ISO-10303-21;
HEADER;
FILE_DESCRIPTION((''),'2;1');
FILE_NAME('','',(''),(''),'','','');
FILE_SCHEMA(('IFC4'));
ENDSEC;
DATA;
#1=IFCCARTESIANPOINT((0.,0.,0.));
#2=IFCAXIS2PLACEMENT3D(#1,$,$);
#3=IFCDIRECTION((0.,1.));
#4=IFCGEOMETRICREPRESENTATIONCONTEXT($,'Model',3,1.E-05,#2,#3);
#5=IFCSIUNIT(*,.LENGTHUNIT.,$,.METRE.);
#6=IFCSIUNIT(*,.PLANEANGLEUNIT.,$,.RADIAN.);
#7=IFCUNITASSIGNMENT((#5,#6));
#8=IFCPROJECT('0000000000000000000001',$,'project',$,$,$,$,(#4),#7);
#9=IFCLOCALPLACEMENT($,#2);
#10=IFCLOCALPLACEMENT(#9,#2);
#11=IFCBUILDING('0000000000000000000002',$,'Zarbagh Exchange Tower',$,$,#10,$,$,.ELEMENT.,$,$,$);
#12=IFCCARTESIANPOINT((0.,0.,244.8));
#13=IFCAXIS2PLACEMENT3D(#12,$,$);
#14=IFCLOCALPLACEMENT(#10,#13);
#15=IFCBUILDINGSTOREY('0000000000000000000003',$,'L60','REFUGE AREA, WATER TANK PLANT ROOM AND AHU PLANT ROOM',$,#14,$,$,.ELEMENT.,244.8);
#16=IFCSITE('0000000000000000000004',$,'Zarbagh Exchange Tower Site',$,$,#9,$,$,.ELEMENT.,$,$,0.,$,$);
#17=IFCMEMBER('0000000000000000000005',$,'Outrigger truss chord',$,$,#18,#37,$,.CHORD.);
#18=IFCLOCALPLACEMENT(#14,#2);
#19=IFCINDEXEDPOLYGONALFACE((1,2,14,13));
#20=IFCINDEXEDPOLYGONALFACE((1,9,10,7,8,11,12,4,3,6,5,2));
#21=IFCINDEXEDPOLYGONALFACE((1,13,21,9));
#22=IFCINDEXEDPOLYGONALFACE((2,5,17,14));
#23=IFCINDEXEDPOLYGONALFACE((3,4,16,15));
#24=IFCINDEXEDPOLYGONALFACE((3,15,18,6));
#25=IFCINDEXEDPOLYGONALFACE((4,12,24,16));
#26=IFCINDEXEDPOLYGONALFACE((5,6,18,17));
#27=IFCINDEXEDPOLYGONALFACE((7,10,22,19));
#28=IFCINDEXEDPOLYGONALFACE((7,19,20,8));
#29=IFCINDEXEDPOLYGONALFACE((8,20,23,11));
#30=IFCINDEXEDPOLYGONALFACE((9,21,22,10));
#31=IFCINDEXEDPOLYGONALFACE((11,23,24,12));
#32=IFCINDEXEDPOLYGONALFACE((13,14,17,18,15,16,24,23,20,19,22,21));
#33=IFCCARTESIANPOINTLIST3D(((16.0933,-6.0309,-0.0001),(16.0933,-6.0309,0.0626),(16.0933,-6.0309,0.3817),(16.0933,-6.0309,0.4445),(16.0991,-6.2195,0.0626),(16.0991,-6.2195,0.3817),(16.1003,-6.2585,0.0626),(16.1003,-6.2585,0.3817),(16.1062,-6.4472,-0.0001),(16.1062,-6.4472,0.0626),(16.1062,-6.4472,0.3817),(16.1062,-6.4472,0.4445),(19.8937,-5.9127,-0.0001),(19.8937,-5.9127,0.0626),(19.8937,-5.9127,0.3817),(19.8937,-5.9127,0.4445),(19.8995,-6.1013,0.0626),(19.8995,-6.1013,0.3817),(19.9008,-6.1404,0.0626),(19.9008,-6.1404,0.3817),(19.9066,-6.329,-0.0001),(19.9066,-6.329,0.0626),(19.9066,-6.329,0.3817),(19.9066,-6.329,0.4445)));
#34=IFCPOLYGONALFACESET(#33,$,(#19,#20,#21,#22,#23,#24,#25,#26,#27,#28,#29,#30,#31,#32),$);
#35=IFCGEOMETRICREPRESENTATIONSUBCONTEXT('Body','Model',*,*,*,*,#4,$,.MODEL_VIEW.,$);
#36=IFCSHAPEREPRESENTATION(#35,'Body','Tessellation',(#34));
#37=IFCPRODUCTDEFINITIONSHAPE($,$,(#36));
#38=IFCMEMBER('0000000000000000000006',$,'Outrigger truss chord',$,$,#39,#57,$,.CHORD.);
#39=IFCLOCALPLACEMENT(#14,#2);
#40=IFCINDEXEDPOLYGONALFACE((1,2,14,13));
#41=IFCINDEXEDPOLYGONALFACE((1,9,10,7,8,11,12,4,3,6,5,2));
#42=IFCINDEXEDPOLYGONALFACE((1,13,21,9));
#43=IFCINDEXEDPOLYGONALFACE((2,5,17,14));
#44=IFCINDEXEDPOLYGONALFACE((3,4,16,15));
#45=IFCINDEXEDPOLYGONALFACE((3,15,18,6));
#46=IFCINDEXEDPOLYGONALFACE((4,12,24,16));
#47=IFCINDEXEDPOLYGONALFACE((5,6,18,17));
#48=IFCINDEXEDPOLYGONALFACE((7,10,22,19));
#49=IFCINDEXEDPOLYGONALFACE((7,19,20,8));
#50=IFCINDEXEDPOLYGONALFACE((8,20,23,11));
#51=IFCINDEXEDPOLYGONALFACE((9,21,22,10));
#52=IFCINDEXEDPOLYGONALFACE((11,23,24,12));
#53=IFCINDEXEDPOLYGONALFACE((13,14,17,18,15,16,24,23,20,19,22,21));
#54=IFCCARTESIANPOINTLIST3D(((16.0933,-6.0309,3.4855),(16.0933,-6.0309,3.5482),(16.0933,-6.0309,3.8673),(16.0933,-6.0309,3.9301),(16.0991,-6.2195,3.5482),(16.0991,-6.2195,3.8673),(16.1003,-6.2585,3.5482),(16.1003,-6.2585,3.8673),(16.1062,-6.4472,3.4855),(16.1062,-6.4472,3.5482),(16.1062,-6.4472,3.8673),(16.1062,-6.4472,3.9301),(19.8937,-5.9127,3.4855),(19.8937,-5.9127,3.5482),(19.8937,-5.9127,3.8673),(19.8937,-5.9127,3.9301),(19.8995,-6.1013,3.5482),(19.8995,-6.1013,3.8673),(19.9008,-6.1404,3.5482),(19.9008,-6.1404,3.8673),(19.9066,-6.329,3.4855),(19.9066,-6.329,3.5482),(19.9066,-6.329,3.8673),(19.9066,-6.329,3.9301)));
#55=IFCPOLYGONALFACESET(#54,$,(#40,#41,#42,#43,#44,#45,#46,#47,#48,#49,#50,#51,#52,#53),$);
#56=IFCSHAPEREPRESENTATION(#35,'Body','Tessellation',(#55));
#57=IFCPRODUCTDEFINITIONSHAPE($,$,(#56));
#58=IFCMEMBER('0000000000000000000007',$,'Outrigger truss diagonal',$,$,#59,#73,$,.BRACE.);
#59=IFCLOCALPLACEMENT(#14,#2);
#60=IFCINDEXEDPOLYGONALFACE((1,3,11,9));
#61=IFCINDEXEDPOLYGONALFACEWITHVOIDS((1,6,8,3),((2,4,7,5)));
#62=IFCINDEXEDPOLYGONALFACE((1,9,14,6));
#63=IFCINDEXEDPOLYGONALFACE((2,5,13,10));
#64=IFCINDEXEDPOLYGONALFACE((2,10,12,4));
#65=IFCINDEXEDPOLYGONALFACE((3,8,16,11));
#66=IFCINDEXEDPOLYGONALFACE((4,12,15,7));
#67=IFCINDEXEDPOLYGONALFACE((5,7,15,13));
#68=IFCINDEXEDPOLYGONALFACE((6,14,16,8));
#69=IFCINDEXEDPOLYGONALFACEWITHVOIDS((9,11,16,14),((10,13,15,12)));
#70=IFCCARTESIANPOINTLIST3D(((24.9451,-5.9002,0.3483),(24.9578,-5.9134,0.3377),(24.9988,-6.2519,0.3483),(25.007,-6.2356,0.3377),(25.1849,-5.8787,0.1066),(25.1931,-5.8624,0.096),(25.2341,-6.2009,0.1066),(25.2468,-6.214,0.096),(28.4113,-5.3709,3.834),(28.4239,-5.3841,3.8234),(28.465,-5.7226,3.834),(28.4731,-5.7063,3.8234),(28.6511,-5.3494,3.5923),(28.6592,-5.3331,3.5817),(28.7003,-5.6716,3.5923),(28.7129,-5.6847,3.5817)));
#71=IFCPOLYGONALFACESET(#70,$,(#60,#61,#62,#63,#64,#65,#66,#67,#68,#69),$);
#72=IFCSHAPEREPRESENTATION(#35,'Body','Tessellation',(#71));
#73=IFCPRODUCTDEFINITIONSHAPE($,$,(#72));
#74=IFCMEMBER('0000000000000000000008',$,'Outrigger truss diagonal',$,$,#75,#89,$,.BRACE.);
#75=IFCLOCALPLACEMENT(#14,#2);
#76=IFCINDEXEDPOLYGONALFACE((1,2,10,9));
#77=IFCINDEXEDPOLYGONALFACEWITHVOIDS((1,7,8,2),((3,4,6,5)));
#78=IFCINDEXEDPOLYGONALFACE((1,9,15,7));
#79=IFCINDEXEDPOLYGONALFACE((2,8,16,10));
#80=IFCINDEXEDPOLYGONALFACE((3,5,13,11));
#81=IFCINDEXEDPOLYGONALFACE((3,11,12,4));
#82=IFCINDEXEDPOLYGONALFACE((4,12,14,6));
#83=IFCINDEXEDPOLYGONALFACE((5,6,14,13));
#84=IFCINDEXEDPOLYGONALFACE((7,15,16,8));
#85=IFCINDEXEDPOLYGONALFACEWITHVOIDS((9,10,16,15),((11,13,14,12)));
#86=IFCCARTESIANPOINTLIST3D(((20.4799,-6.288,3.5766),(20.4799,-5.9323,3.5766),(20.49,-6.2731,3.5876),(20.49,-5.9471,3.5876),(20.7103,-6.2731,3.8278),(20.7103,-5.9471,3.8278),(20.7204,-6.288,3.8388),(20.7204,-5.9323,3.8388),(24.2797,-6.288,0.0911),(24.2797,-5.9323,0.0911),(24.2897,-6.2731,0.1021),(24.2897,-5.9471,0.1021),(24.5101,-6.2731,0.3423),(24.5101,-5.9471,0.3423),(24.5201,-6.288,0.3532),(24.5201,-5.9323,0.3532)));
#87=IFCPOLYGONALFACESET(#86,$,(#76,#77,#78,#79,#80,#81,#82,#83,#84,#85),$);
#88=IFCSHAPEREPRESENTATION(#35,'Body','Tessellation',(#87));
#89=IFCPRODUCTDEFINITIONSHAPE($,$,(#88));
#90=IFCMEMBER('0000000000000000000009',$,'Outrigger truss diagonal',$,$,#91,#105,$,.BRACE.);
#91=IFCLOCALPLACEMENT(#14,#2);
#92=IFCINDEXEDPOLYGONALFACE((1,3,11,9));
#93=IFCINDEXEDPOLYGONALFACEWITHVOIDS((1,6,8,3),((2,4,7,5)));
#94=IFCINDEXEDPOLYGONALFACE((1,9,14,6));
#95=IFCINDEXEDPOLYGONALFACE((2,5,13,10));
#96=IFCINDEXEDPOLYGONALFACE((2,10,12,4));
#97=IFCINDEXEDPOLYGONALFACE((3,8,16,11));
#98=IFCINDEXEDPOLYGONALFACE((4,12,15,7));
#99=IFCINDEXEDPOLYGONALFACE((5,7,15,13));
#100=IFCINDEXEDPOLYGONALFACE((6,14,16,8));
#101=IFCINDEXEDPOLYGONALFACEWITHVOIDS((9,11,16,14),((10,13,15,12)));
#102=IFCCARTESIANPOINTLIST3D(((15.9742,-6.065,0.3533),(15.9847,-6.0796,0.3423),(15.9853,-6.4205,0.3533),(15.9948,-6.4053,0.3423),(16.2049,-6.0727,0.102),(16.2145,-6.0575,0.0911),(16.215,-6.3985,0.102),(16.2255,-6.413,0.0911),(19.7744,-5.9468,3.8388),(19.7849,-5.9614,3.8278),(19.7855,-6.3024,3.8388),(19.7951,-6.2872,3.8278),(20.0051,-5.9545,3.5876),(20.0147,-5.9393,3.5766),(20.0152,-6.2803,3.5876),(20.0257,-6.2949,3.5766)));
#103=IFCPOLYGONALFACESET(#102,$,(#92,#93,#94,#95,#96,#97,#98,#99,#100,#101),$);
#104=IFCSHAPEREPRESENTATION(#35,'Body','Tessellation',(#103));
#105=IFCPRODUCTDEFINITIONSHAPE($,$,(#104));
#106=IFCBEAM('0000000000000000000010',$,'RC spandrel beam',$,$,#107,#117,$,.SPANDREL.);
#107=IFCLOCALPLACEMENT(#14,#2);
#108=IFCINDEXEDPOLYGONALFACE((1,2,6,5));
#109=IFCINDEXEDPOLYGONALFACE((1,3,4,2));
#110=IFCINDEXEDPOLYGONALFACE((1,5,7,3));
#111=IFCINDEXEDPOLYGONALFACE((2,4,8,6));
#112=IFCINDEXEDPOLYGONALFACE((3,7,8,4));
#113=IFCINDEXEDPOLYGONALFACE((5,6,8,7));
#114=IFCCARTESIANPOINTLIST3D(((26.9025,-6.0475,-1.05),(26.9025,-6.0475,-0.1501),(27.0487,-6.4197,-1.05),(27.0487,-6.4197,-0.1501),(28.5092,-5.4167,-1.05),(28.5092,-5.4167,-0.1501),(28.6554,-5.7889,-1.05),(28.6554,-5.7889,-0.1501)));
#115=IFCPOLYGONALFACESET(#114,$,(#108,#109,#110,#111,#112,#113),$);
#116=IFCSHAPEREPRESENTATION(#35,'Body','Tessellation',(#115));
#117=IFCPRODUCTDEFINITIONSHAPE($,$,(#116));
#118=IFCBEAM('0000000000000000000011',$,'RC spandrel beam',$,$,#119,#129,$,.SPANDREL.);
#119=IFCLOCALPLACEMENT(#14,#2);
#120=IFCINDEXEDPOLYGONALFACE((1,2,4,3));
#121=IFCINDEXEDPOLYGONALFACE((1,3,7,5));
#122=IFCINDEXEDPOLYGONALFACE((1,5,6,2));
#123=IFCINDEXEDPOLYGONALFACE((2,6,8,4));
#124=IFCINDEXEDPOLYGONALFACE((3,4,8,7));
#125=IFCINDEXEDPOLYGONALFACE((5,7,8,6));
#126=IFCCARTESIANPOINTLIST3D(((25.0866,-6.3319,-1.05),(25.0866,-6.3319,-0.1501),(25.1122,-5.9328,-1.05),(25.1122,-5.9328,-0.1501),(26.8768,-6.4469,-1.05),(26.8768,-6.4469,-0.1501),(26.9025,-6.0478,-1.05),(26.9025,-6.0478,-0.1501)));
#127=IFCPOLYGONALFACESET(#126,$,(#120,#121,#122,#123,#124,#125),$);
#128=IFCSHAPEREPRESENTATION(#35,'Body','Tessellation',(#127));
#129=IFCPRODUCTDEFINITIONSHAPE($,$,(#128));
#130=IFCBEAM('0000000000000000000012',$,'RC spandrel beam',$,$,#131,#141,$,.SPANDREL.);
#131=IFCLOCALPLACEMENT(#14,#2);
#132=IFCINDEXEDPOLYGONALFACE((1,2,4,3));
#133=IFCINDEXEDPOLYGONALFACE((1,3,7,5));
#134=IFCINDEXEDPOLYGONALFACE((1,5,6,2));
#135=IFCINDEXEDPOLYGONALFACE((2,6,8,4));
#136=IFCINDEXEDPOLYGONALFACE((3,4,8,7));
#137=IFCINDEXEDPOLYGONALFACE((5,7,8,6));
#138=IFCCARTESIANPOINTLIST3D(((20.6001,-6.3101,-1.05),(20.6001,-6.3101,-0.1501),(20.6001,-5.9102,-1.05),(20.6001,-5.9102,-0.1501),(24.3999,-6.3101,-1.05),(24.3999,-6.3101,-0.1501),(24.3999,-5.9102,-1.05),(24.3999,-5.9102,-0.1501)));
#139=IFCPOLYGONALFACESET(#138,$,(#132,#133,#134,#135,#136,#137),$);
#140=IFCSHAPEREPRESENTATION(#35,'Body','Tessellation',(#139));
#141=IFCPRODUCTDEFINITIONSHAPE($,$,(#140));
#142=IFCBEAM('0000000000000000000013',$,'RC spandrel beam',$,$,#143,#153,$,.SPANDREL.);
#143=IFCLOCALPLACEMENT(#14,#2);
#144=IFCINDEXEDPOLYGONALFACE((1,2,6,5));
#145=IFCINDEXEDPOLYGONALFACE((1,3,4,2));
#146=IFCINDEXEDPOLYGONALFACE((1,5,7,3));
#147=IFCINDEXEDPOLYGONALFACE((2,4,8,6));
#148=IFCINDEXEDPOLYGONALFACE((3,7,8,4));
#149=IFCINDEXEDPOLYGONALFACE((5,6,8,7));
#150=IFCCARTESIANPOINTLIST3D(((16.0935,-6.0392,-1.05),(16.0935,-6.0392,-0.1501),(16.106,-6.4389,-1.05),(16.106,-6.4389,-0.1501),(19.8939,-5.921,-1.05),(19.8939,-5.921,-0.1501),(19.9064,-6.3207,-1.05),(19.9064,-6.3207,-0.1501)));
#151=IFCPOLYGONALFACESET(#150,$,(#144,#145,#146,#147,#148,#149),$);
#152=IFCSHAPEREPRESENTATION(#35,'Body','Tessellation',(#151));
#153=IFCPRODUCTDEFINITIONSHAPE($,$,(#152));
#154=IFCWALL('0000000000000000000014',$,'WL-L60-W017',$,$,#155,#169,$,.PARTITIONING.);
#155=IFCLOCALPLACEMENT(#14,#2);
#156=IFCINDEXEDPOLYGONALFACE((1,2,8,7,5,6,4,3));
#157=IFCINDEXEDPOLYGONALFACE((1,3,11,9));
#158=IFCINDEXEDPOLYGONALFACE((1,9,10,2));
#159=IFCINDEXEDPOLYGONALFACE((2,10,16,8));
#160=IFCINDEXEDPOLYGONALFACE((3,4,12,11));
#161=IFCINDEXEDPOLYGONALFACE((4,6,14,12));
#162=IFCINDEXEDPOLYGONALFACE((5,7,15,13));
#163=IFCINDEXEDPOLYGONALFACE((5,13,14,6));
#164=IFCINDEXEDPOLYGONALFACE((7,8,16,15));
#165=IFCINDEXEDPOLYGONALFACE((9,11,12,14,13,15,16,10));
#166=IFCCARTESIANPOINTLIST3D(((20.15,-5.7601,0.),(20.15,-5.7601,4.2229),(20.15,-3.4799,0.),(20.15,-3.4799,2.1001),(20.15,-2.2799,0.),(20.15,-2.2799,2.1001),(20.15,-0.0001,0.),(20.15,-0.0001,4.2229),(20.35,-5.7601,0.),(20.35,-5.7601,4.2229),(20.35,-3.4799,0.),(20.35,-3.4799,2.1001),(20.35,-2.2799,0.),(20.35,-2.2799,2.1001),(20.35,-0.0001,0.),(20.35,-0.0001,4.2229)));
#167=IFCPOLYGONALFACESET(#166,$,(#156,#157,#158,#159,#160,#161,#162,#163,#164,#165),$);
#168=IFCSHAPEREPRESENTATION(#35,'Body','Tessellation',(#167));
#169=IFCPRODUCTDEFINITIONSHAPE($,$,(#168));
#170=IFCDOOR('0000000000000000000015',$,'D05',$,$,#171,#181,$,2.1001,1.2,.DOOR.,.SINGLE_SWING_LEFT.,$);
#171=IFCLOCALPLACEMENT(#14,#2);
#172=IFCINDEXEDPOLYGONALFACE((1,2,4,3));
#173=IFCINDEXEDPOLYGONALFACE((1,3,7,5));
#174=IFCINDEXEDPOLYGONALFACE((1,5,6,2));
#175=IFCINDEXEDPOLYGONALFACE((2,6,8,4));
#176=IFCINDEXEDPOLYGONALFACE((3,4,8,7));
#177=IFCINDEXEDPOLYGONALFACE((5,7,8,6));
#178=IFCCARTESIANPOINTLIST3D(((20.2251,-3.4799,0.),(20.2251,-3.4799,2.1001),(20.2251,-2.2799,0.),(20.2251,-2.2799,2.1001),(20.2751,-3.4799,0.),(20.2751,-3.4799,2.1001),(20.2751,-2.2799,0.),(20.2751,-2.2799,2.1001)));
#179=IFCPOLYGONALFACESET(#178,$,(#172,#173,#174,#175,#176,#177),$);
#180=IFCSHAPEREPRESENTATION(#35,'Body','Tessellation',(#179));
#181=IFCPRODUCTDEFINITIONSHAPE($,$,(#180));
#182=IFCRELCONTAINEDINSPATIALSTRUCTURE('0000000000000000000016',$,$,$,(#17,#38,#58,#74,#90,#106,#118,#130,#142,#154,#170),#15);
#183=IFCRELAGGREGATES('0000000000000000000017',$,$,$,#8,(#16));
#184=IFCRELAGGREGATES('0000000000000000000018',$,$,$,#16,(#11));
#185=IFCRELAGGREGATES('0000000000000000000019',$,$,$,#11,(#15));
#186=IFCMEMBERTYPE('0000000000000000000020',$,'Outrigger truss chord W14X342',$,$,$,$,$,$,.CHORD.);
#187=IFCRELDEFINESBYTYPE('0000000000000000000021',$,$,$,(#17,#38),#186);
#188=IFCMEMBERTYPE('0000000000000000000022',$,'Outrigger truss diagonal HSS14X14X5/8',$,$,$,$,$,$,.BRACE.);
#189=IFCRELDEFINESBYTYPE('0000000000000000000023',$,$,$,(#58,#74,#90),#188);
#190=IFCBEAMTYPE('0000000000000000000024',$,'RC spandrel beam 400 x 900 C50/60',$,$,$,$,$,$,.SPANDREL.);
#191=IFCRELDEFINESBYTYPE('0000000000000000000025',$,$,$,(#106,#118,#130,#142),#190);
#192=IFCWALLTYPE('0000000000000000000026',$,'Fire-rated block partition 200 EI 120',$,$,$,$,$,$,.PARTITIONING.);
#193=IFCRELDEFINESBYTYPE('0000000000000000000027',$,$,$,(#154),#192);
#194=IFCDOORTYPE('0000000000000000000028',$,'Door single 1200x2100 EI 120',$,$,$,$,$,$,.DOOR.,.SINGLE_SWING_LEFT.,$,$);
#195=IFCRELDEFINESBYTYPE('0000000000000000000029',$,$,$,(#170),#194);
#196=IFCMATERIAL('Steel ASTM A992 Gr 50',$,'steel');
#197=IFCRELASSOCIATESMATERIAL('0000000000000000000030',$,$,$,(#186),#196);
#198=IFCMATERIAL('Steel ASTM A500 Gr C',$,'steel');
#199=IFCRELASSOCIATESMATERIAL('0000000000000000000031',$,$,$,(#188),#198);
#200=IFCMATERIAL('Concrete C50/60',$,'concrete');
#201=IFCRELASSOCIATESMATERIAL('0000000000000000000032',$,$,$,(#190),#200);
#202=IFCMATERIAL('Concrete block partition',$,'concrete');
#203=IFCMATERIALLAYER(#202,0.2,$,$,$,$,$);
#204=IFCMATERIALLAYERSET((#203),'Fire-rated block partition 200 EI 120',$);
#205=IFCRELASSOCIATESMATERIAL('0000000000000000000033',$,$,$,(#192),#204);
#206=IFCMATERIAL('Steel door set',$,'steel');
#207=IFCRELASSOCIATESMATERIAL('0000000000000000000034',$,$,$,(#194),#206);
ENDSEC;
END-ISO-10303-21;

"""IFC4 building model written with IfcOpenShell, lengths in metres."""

from ifc_helpers import new_model, si_unit, direction, frame, frame_2d, origin, origin_2d, place, context, subcontext, project, spatial, rectangle, hollow_rectangle, i_section, extrude, material, layer, layer_set, material_profile, profile_set, type_object, element, fill, save


model = new_model("IFC4")

# Units and contexts
model_context = context("Model", 3, precision=1e-05, world=origin(), true_north=direction((0.0, 1.0)))
body_context = subcontext(model_context, "Body", "Model", "MODEL_VIEW")
ifc_project = project(units=[si_unit("LENGTHUNIT", "METRE"), si_unit("PLANEANGLEUNIT", "RADIAN")], contexts=[model_context])

# Site, building, storey
site_placement = place(None, origin())
site = spatial("IfcSite", under=ifc_project, at=site_placement, Name="Zarbagh Exchange Tower Site", CompositionType="ELEMENT", RefElevation=0.0)
building_placement = place(site_placement, origin())
building = spatial("IfcBuilding", under=site, at=building_placement, Name="Zarbagh Exchange Tower", CompositionType="ELEMENT")
storey_placement = place(building_placement, frame((0.0, 0.0, 244.8)))
storey = spatial("IfcBuildingStorey", under=building, at=storey_placement, Name="L60", Description="REFUGE AREA, WATER TANK PLANT ROOM AND AHU PLANT ROOM", CompositionType="ELEMENT", Elevation=244.8)

# Shared definitions
ifc_material_1 = material(Name="Concrete C50/60", Category="concrete")

# Shared definitions
ifc_material_2 = material(Name="Steel ASTM A992 Gr 50", Category="steel")
ifc_material_3 = material(Name="Steel ASTM A500 Gr C", Category="steel")

# Members
ifc_material_profile_1 = material_profile(ifc_material_2, i_section(OverallWidth=0.4165, OverallDepth=0.4446, WebThickness=0.0391, FlangeThickness=0.0627, at=origin_2d()), Name="W14X342")
ifc_profile_set_1 = profile_set([ifc_material_profile_1], Name="Steel ASTM A992 Gr 50")
member_type_1 = type_object("IfcMemberType", Name="Outrigger truss chord W14X342", PredefinedType="CHORD", material=ifc_profile_set_1)
for number, where, z_axis, x_axis, name in (
    (1, (19.9001, -6.1208, 0.2222), (-0.999517, -0.031078, 0.0), (0.031078, -0.999517, 0.0), "Outrigger truss chord"),
    (2, (19.9001, -6.1208, 3.7078), (-0.999517, -0.031078, 0.0), (0.031078, -0.999517, 0.0), "Outrigger truss chord"),
):
    element("IfcMember", number, at=place(storey_placement, frame(where, z_axis=z_axis, x_axis=x_axis)), inside=storey, type_object=member_type_1, Name=name, PredefinedType="CHORD", context=body_context, shape_type="SweptSolid", body=[
        extrude(i_section(OverallWidth=0.4165, OverallDepth=0.4446, WebThickness=0.0391, FlangeThickness=0.0627, at=origin_2d()), origin(), (0.0, 0.0, 1.0), 3.8022),
    ])
ifc_material_profile_2 = material_profile(ifc_material_3, hollow_rectangle(XDim=0.3557, YDim=0.3557, WallThickness=0.0149, at=origin_2d()), Name="HSS14X14X5/8")
ifc_profile_set_2 = profile_set([ifc_material_profile_2], Name="Steel ASTM A500 Gr C")
member_type_2 = type_object("IfcMemberType", Name="Outrigger truss diagonal HSS14X14X5/8", PredefinedType="BRACE", material=ifc_profile_set_2)
member_1_placement = place(storey_placement, frame((25.0959, -6.0571, 0.2222), z_axis=(0.701065, 0.107058, 0.705015), x_axis=(-0.150958, 0.98854, 0.0)))
element("IfcMember", 3, at=member_1_placement, inside=storey, type_object=member_type_2, Name="Outrigger truss diagonal", PredefinedType="BRACE", context=body_context, shape_type="SweptSolid", body=[
    extrude(hollow_rectangle(XDim=0.3557, YDim=0.3557, WallThickness=0.0149, at=origin_2d()), origin(), (0.0, 0.0, 1.0), 4.9441),
])
member_2_placement = place(storey_placement, frame((24.3999, -6.1101, 0.2222), z_axis=(-0.736918, 0.0, 0.675982), x_axis=(0.0, -1.0, 0.0)))
element("IfcMember", 4, at=member_2_placement, inside=storey, type_object=member_type_2, Name="Outrigger truss diagonal", PredefinedType="BRACE", context=body_context, shape_type="SweptSolid", body=[
    extrude(hollow_rectangle(XDim=0.3557, YDim=0.3557, WallThickness=0.0149, at=origin_2d()), origin(), (0.0, 0.0, 1.0), 5.1562),
])
member_3_placement = place(storey_placement, frame((16.0999, -6.239, 0.2222), z_axis=(0.736768, 0.022909, 0.675757), x_axis=(-0.031078, 0.999517, 0.0)))
element("IfcMember", 5, at=member_3_placement, inside=storey, type_object=member_type_2, Name="Outrigger truss diagonal", PredefinedType="BRACE", context=body_context, shape_type="SweptSolid", body=[
    extrude(hollow_rectangle(XDim=0.3557, YDim=0.3557, WallThickness=0.0149, at=origin_2d()), origin(), (0.0, 0.0, 1.0), 5.158),
])

# Beams
ifc_material_profile_3 = material_profile(ifc_material_1, rectangle(XDim=0.3999, YDim=0.8999, at=origin_2d()), Name="RC spandrel beam 400 x 900 C50/60")
ifc_profile_set_3 = profile_set([ifc_material_profile_3], Name="Concrete C50/60")
beam_type_1 = type_object("IfcBeamType", Name="RC spandrel beam 400 x 900 C50/60", PredefinedType="SPANDREL", material=ifc_profile_set_3)
beam_1_placement = place(storey_placement, frame((28.5823, -5.6028, -0.6001), z_axis=(-0.930819, -0.365482, 0.0), x_axis=(0.365482, -0.930819, 0.0)))
element("IfcBeam", 6, at=beam_1_placement, inside=storey, type_object=beam_type_1, Name="RC spandrel beam", PredefinedType="SPANDREL", context=body_context, shape_type="SweptSolid", body=[
    extrude(rectangle(XDim=0.3999, YDim=0.8999, at=origin_2d()), origin(), (0.0, 0.0, 1.0), 1.7261),
])
beam_2_placement = place(storey_placement, frame((26.8896, -6.2473, -0.6001), z_axis=(-0.997944, 0.064098, 0.0), x_axis=(-0.064098, -0.997944, 0.0)))
element("IfcBeam", 7, at=beam_2_placement, inside=storey, type_object=beam_type_1, Name="RC spandrel beam", PredefinedType="SPANDREL", context=body_context, shape_type="SweptSolid", body=[
    extrude(rectangle(XDim=0.3999, YDim=0.8999, at=origin_2d()), origin(), (0.0, 0.0, 1.0), 1.7939),
])
beam_3_placement = place(storey_placement, frame((24.3999, -6.1101, -0.6001), z_axis=(-1.0, 0.0, 0.0), x_axis=(0.0, -1.0, 0.0)))
element("IfcBeam", 8, at=beam_3_placement, inside=storey, type_object=beam_type_1, Name="RC spandrel beam", PredefinedType="SPANDREL", context=body_context, shape_type="SweptSolid", body=[
    extrude(rectangle(XDim=0.3999, YDim=0.8999, at=origin_2d()), origin(), (0.0, 0.0, 1.0), 3.7998),
])
beam_4_placement = place(storey_placement, frame((19.9001, -6.1208, -0.6001), z_axis=(-0.999517, -0.031078, 0.0), x_axis=(0.031078, -0.999517, 0.0)))
element("IfcBeam", 9, at=beam_4_placement, inside=storey, type_object=beam_type_1, Name="RC spandrel beam", PredefinedType="SPANDREL", context=body_context, shape_type="SweptSolid", body=[
    extrude(rectangle(XDim=0.3999, YDim=0.8999, at=origin_2d()), origin(), (0.0, 0.0, 1.0), 3.8022),
])

# Wall, opening, door
ifc_material_4 = material(Name="Concrete block partition", Category="concrete")
ifc_layer = layer(ifc_material_4, 0.2)
ifc_layer_set = layer_set([ifc_layer], Name="Fire-rated block partition 200 EI 120")
wall_type = type_object("IfcWallType", Name="Fire-rated block partition 200 EI 120", PredefinedType="PARTITIONING", material=ifc_layer_set)
wall_placement = place(storey_placement, frame((20.25, -5.76, 0.0), z_axis=(0.0, 0.0, 1.0), x_axis=(0.0, 1.0, 0.0)))
wall = element("IfcWall", 10, at=wall_placement, inside=storey, type_object=wall_type, Name="WL-L60-W017", PredefinedType="PARTITIONING", context=body_context, shape_type="SweptSolid", body=[
    extrude(rectangle(XDim=5.76, YDim=0.2, at=frame_2d((2.8799, 0.0))), origin(), (0.0, 0.0, 1.0), 4.2229),
])
opening_placement = place(wall_placement, frame((2.28, 0.0, 0.0)))
opening = element("IfcOpeningElement", 11, at=opening_placement, cuts=wall, PredefinedType="OPENING", context=body_context, shape_type="SweptSolid", body=[
    extrude(rectangle(XDim=1.2, YDim=2.1001, at=frame_2d((0.6001, 1.05))), frame((0.0, 0.1099, 0.0), z_axis=(0.0, -1.0, 0.0), x_axis=(1.0, 0.0, 0.0)), (0.0, 0.0, 1.0), 0.22),
])
ifc_material_5 = material(Name="Steel door set", Category="steel")
door_type = type_object("IfcDoorType", Name="Door single 1200x2100 EI 120", OperationType="SINGLE_SWING_LEFT", PredefinedType="DOOR", material=ifc_material_5)
door_placement = place(opening_placement, origin())
door = element("IfcDoor", 12, at=door_placement, inside=storey, type_object=door_type, Name="D05", OperationType="SINGLE_SWING_LEFT", OverallHeight=2.1001, OverallWidth=1.2, PredefinedType="DOOR", context=body_context, shape_type="SweptSolid", body=[
    extrude(rectangle(XDim=1.2, YDim=2.1001, at=frame_2d((0.6001, 1.05))), frame((0.0, 0.0249, 0.0), z_axis=(0.0, -1.0, 0.0), x_axis=(1.0, 0.0, 0.0)), (0.0, 0.0, 1.0), 0.05),
])
fill(opening, door)

save(model, "model.ifc")
